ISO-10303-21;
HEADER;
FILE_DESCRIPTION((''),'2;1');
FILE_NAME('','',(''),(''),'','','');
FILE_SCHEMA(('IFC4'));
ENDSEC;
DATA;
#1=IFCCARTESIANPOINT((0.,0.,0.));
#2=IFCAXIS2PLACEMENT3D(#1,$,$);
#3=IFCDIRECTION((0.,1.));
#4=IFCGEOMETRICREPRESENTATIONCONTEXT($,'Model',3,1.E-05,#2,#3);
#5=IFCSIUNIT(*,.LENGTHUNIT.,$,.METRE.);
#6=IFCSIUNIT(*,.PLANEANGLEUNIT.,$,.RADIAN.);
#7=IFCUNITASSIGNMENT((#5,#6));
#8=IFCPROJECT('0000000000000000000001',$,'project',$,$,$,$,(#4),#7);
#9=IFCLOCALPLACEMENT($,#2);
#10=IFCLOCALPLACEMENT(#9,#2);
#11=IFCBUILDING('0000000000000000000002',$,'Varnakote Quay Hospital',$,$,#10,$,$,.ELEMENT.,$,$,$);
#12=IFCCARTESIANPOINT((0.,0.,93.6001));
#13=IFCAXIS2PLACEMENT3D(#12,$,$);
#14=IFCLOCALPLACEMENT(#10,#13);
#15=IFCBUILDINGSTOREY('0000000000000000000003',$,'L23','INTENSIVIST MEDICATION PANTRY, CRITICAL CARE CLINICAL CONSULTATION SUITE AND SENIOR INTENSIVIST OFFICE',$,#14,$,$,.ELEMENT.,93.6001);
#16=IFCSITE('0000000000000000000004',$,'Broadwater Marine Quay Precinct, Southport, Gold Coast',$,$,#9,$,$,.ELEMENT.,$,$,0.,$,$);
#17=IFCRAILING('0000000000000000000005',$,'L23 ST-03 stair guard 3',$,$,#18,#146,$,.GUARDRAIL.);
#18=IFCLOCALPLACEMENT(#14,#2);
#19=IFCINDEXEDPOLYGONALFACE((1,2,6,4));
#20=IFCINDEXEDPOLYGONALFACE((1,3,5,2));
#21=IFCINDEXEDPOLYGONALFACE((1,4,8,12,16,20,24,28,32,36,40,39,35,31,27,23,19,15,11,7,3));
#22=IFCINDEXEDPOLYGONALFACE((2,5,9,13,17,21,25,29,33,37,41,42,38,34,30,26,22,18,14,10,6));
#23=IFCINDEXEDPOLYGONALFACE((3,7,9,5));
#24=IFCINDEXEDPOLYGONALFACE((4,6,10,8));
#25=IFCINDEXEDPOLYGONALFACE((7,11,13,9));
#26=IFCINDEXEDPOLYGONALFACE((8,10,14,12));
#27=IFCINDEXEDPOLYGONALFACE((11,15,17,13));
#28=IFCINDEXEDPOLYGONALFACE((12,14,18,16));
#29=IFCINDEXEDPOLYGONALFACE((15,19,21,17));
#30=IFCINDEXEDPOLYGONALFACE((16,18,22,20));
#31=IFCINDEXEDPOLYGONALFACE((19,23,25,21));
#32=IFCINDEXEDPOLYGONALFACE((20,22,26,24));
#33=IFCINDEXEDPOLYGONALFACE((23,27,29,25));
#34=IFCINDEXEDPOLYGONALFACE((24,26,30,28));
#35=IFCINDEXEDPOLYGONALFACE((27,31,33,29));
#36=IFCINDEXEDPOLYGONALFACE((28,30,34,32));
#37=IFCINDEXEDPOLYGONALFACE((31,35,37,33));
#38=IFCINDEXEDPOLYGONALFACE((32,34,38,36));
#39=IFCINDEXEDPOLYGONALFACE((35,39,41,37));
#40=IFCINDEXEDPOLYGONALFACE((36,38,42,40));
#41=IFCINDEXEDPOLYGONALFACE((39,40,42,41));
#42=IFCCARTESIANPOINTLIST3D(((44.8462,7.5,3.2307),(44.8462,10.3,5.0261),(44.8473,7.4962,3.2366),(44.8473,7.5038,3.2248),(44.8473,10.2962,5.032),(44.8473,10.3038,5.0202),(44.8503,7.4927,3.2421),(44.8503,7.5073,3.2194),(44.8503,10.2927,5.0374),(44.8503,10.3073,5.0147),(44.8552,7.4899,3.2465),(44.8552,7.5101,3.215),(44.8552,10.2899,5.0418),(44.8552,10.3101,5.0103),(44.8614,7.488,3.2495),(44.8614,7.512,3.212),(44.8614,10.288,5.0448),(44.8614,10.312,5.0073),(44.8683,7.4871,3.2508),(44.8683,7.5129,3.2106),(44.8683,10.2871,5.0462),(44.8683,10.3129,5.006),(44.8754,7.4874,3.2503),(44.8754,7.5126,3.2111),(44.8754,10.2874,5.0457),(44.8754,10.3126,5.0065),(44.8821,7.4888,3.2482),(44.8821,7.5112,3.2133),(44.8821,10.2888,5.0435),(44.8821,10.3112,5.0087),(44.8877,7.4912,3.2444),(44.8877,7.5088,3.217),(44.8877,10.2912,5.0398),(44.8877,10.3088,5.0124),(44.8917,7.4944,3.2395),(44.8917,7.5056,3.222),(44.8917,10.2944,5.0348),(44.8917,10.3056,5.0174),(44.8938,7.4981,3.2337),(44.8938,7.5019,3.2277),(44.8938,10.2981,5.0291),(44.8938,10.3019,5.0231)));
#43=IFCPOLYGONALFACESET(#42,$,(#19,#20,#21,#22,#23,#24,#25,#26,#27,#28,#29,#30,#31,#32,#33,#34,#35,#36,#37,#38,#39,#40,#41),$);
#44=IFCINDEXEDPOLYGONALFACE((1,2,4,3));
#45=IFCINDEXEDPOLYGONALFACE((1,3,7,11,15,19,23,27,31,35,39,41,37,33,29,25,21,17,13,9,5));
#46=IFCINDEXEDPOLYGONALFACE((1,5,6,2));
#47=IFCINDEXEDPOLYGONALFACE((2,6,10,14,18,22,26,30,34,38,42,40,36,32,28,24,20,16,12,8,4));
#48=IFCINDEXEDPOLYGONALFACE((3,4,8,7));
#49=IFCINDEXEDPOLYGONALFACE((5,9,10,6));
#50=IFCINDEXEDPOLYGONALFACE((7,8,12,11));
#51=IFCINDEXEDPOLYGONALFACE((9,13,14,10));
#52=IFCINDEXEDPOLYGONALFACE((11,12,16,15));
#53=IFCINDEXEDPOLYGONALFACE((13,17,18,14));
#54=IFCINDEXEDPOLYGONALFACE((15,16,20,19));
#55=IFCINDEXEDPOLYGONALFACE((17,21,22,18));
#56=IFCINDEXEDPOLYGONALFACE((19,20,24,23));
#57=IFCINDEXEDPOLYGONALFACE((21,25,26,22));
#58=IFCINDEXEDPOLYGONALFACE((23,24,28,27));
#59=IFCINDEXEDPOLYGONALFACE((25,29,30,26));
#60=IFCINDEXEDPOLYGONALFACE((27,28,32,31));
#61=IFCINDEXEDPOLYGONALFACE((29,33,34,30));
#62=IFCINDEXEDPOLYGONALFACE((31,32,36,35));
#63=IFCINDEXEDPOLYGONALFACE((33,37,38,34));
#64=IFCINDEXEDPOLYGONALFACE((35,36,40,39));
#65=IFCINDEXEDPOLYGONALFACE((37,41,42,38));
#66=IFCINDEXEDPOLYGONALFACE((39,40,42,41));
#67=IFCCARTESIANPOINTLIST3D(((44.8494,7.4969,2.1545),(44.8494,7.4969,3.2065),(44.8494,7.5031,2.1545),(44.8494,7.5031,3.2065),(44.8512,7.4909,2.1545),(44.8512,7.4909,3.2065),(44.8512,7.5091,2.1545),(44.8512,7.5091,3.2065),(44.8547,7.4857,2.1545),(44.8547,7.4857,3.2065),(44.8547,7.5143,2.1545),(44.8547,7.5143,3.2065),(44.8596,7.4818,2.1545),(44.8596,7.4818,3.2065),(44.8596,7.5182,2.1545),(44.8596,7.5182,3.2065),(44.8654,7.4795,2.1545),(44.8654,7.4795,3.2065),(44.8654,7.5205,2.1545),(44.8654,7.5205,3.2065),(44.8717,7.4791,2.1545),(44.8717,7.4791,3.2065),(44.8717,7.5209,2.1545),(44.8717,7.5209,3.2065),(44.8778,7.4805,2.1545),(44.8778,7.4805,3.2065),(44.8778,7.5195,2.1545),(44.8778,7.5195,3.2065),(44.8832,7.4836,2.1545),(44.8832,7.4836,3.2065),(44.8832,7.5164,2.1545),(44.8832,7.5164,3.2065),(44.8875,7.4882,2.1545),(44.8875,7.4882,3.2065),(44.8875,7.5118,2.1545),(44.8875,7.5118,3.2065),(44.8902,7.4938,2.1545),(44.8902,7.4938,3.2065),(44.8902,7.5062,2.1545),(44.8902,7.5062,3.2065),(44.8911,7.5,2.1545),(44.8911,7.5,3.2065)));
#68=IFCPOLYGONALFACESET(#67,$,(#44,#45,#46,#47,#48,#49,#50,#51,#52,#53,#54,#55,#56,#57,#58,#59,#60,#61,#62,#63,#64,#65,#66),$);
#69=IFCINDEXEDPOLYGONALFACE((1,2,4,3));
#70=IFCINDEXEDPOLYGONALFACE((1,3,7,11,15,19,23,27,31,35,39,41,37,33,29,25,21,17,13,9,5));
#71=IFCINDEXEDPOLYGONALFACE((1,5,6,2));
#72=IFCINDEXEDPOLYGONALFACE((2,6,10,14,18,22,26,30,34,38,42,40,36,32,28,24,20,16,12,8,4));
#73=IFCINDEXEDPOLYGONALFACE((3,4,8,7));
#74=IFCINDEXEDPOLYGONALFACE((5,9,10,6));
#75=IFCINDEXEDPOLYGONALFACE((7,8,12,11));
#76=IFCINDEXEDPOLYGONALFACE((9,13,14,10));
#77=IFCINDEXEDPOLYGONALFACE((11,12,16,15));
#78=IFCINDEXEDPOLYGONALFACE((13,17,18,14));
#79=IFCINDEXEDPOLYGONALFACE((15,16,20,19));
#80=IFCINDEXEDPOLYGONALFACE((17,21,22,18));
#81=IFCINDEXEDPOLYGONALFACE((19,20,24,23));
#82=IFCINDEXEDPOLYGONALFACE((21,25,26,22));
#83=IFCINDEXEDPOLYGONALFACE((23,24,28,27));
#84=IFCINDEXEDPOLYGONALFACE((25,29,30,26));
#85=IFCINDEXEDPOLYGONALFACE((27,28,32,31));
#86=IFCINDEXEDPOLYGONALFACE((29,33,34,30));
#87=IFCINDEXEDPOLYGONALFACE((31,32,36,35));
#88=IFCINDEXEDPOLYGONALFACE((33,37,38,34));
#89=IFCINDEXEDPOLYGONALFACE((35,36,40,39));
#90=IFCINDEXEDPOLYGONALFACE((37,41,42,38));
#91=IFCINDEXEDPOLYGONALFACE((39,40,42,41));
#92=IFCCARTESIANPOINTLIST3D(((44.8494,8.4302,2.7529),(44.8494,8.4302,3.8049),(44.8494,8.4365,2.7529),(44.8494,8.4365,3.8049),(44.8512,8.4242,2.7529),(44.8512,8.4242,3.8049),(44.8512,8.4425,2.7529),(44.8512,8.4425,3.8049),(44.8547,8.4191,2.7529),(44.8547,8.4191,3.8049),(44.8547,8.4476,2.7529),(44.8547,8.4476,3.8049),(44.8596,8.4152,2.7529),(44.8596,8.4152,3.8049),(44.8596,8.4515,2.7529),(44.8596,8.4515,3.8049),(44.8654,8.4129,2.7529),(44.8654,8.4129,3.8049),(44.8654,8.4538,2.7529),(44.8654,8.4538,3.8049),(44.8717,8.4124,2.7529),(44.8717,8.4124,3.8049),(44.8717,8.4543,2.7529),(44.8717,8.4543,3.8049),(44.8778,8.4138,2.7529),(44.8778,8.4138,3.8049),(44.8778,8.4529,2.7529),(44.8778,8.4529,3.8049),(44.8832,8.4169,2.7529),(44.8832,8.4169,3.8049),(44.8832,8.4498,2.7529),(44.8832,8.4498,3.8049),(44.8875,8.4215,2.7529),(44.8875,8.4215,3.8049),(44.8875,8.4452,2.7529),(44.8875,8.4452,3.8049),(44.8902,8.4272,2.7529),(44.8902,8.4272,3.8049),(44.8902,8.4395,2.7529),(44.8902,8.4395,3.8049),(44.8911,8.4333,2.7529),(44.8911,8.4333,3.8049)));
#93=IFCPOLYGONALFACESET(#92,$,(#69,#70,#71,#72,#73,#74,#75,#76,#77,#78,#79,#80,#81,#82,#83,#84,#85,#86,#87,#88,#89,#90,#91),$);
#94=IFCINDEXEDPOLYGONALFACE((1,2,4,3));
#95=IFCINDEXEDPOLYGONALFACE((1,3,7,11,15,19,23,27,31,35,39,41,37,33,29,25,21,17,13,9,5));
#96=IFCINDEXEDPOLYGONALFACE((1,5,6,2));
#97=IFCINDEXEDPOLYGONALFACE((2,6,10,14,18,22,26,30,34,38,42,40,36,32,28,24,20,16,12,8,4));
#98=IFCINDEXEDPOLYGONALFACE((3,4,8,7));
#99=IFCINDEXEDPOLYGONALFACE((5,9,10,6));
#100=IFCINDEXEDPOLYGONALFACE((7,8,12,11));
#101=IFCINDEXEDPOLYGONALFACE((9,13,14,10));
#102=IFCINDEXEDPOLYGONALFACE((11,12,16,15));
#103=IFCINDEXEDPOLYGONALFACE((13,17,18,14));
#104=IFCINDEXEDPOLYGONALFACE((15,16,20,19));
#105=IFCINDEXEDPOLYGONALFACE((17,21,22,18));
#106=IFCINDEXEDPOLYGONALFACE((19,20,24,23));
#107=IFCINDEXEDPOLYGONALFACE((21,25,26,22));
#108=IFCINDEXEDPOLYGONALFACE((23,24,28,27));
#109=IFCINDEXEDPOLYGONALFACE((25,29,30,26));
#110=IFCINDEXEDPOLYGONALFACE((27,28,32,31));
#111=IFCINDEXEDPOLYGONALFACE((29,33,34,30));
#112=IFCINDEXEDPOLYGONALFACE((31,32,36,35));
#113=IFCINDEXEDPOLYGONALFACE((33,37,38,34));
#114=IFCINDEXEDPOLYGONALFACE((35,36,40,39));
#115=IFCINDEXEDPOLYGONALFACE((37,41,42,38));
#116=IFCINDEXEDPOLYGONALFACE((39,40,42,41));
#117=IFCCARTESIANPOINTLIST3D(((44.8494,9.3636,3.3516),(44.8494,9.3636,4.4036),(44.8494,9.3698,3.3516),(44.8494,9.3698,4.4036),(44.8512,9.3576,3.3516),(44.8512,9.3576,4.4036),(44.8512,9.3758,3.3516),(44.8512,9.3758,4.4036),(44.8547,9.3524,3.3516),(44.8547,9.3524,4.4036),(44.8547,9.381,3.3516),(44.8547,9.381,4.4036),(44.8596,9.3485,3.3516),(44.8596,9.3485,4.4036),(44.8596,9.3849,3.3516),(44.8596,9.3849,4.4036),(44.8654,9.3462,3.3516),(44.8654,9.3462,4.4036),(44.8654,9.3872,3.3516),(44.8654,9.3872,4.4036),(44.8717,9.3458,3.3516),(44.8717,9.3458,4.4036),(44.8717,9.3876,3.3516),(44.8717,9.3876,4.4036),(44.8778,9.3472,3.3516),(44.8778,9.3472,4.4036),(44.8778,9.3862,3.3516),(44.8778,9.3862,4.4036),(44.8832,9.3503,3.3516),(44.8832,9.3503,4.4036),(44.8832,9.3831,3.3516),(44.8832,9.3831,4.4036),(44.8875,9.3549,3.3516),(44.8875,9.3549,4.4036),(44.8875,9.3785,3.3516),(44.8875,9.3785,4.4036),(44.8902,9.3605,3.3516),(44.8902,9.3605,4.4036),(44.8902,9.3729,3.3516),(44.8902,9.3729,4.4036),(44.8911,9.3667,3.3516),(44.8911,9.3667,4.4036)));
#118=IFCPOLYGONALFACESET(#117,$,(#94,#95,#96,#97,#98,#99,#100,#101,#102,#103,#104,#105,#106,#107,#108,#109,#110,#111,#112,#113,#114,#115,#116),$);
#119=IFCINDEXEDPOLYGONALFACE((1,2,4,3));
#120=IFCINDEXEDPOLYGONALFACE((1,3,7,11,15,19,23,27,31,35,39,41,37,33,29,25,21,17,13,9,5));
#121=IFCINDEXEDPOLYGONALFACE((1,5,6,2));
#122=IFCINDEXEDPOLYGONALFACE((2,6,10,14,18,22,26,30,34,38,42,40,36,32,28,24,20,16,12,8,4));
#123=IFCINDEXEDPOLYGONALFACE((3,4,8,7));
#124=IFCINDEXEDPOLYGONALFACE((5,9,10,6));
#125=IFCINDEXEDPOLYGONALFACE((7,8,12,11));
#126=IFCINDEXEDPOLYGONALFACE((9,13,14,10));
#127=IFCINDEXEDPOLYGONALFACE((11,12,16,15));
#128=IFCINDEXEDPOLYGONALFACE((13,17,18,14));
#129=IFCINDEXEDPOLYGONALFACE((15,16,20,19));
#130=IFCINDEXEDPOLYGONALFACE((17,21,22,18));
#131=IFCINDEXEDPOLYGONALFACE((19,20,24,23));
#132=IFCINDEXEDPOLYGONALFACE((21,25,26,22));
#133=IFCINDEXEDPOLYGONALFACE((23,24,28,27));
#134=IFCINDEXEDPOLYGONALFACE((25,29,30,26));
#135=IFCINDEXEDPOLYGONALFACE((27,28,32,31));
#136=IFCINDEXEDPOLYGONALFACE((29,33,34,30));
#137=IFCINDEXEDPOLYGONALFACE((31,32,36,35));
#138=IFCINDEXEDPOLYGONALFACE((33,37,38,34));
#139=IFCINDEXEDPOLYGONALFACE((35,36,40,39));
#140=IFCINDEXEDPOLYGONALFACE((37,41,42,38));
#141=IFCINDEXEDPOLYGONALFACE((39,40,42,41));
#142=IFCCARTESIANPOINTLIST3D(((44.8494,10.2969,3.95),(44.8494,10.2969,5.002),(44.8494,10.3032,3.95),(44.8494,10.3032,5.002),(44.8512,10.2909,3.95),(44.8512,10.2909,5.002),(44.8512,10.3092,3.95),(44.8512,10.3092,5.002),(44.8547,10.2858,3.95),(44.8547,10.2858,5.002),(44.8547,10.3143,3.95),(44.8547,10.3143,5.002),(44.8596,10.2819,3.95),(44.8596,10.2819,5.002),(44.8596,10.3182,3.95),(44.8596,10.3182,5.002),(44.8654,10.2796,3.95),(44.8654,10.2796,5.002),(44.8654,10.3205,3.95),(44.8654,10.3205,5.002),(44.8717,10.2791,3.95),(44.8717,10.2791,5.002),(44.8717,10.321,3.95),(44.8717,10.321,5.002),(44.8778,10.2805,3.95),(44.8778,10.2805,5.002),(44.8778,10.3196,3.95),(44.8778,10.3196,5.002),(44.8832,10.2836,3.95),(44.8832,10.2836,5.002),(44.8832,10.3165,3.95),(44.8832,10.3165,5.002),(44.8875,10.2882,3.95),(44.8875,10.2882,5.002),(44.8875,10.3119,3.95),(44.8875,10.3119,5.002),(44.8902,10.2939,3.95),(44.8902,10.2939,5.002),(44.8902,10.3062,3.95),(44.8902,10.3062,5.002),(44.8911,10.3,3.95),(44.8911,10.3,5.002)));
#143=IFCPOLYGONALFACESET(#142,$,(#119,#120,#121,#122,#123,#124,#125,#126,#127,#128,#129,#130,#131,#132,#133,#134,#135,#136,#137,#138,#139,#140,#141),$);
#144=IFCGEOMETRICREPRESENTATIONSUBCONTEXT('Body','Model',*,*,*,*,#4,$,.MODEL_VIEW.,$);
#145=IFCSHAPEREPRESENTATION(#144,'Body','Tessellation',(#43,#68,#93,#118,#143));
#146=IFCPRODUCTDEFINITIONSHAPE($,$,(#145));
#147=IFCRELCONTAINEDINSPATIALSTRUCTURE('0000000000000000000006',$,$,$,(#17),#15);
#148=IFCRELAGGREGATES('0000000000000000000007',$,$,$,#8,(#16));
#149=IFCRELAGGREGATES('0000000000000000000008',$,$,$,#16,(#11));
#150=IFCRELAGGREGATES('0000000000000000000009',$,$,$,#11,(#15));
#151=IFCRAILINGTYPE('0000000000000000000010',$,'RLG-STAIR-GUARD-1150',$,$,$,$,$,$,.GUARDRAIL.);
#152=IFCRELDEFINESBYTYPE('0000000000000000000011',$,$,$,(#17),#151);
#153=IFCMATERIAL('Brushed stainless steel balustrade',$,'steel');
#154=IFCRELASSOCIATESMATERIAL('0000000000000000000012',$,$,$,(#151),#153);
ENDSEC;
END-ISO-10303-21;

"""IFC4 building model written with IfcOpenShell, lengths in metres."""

from ifc_helpers import new_model, si_unit, direction, frame, origin, origin_2d, place, context, subcontext, project, spatial, circle, extrude, material, type_object, element, save


model = new_model("IFC4")

# Units and contexts
model_context = context("Model", 3, precision=1e-05, world=origin(), true_north=direction((0.0, 1.0)))
body_context = subcontext(model_context, "Body", "Model", "MODEL_VIEW")
ifc_project = project(units=[si_unit("LENGTHUNIT", "METRE"), si_unit("PLANEANGLEUNIT", "RADIAN")], contexts=[model_context])

# Site, building, storey
site_placement = place(None, origin())
site = spatial("IfcSite", under=ifc_project, at=site_placement, Name="Broadwater Marine Quay Precinct, Southport, Gold Coast", CompositionType="ELEMENT", RefElevation=0.0)
building_placement = place(site_placement, origin())
building = spatial("IfcBuilding", under=site, at=building_placement, Name="Varnakote Quay Hospital", CompositionType="ELEMENT")
storey_placement = place(building_placement, frame((0.0, 0.0, 93.6001)))
storey = spatial("IfcBuildingStorey", under=building, at=storey_placement, Name="L23", Description="INTENSIVIST MEDICATION PANTRY, CRITICAL CARE CLINICAL CONSULTATION SUITE AND SENIOR INTENSIVIST OFFICE", CompositionType="ELEMENT", Elevation=93.6001)

# Railing
ifc_material_1 = material(Name="Brushed stainless steel balustrade", Category="steel")
railing_type_1 = type_object("IfcRailingType", Name="RLG-STAIR-GUARD-1150", PredefinedType="GUARDRAIL", material=ifc_material_1)
railing_1_placement = place(storey_placement, frame((44.8701, 7.5, 2.1545)))
element("IfcRailing", 1, at=railing_1_placement, inside=storey, type_object=railing_type_1, Name="L23 ST-03 stair guard 3", PredefinedType="GUARDRAIL", context=body_context, shape_type="SweptSolid", body=[
    extrude(circle(Radius=0.0239, at=origin_2d()), frame((0.0, 0.0, 1.0762), z_axis=(0.0, 0.84181, 0.539774), x_axis=(-1.0, 0.0, 0.0)), (0.0, 0.0, 1.0), 3.3262),
    extrude(circle(Radius=0.021, at=origin_2d()), origin(), (0.0, 0.0, 1.0), 1.052),
    extrude(circle(Radius=0.021, at=origin_2d()), frame((0.0, 0.9333, 0.5984)), (0.0, 0.0, 1.0), 1.052),
    extrude(circle(Radius=0.021, at=origin_2d()), frame((0.0, 1.8667, 1.197)), (0.0, 0.0, 1.0), 1.052),
    extrude(circle(Radius=0.021, at=origin_2d()), frame((0.0, 2.8, 1.7954)), (0.0, 0.0, 1.0), 1.052),
])

save(model, "model.ifc")
